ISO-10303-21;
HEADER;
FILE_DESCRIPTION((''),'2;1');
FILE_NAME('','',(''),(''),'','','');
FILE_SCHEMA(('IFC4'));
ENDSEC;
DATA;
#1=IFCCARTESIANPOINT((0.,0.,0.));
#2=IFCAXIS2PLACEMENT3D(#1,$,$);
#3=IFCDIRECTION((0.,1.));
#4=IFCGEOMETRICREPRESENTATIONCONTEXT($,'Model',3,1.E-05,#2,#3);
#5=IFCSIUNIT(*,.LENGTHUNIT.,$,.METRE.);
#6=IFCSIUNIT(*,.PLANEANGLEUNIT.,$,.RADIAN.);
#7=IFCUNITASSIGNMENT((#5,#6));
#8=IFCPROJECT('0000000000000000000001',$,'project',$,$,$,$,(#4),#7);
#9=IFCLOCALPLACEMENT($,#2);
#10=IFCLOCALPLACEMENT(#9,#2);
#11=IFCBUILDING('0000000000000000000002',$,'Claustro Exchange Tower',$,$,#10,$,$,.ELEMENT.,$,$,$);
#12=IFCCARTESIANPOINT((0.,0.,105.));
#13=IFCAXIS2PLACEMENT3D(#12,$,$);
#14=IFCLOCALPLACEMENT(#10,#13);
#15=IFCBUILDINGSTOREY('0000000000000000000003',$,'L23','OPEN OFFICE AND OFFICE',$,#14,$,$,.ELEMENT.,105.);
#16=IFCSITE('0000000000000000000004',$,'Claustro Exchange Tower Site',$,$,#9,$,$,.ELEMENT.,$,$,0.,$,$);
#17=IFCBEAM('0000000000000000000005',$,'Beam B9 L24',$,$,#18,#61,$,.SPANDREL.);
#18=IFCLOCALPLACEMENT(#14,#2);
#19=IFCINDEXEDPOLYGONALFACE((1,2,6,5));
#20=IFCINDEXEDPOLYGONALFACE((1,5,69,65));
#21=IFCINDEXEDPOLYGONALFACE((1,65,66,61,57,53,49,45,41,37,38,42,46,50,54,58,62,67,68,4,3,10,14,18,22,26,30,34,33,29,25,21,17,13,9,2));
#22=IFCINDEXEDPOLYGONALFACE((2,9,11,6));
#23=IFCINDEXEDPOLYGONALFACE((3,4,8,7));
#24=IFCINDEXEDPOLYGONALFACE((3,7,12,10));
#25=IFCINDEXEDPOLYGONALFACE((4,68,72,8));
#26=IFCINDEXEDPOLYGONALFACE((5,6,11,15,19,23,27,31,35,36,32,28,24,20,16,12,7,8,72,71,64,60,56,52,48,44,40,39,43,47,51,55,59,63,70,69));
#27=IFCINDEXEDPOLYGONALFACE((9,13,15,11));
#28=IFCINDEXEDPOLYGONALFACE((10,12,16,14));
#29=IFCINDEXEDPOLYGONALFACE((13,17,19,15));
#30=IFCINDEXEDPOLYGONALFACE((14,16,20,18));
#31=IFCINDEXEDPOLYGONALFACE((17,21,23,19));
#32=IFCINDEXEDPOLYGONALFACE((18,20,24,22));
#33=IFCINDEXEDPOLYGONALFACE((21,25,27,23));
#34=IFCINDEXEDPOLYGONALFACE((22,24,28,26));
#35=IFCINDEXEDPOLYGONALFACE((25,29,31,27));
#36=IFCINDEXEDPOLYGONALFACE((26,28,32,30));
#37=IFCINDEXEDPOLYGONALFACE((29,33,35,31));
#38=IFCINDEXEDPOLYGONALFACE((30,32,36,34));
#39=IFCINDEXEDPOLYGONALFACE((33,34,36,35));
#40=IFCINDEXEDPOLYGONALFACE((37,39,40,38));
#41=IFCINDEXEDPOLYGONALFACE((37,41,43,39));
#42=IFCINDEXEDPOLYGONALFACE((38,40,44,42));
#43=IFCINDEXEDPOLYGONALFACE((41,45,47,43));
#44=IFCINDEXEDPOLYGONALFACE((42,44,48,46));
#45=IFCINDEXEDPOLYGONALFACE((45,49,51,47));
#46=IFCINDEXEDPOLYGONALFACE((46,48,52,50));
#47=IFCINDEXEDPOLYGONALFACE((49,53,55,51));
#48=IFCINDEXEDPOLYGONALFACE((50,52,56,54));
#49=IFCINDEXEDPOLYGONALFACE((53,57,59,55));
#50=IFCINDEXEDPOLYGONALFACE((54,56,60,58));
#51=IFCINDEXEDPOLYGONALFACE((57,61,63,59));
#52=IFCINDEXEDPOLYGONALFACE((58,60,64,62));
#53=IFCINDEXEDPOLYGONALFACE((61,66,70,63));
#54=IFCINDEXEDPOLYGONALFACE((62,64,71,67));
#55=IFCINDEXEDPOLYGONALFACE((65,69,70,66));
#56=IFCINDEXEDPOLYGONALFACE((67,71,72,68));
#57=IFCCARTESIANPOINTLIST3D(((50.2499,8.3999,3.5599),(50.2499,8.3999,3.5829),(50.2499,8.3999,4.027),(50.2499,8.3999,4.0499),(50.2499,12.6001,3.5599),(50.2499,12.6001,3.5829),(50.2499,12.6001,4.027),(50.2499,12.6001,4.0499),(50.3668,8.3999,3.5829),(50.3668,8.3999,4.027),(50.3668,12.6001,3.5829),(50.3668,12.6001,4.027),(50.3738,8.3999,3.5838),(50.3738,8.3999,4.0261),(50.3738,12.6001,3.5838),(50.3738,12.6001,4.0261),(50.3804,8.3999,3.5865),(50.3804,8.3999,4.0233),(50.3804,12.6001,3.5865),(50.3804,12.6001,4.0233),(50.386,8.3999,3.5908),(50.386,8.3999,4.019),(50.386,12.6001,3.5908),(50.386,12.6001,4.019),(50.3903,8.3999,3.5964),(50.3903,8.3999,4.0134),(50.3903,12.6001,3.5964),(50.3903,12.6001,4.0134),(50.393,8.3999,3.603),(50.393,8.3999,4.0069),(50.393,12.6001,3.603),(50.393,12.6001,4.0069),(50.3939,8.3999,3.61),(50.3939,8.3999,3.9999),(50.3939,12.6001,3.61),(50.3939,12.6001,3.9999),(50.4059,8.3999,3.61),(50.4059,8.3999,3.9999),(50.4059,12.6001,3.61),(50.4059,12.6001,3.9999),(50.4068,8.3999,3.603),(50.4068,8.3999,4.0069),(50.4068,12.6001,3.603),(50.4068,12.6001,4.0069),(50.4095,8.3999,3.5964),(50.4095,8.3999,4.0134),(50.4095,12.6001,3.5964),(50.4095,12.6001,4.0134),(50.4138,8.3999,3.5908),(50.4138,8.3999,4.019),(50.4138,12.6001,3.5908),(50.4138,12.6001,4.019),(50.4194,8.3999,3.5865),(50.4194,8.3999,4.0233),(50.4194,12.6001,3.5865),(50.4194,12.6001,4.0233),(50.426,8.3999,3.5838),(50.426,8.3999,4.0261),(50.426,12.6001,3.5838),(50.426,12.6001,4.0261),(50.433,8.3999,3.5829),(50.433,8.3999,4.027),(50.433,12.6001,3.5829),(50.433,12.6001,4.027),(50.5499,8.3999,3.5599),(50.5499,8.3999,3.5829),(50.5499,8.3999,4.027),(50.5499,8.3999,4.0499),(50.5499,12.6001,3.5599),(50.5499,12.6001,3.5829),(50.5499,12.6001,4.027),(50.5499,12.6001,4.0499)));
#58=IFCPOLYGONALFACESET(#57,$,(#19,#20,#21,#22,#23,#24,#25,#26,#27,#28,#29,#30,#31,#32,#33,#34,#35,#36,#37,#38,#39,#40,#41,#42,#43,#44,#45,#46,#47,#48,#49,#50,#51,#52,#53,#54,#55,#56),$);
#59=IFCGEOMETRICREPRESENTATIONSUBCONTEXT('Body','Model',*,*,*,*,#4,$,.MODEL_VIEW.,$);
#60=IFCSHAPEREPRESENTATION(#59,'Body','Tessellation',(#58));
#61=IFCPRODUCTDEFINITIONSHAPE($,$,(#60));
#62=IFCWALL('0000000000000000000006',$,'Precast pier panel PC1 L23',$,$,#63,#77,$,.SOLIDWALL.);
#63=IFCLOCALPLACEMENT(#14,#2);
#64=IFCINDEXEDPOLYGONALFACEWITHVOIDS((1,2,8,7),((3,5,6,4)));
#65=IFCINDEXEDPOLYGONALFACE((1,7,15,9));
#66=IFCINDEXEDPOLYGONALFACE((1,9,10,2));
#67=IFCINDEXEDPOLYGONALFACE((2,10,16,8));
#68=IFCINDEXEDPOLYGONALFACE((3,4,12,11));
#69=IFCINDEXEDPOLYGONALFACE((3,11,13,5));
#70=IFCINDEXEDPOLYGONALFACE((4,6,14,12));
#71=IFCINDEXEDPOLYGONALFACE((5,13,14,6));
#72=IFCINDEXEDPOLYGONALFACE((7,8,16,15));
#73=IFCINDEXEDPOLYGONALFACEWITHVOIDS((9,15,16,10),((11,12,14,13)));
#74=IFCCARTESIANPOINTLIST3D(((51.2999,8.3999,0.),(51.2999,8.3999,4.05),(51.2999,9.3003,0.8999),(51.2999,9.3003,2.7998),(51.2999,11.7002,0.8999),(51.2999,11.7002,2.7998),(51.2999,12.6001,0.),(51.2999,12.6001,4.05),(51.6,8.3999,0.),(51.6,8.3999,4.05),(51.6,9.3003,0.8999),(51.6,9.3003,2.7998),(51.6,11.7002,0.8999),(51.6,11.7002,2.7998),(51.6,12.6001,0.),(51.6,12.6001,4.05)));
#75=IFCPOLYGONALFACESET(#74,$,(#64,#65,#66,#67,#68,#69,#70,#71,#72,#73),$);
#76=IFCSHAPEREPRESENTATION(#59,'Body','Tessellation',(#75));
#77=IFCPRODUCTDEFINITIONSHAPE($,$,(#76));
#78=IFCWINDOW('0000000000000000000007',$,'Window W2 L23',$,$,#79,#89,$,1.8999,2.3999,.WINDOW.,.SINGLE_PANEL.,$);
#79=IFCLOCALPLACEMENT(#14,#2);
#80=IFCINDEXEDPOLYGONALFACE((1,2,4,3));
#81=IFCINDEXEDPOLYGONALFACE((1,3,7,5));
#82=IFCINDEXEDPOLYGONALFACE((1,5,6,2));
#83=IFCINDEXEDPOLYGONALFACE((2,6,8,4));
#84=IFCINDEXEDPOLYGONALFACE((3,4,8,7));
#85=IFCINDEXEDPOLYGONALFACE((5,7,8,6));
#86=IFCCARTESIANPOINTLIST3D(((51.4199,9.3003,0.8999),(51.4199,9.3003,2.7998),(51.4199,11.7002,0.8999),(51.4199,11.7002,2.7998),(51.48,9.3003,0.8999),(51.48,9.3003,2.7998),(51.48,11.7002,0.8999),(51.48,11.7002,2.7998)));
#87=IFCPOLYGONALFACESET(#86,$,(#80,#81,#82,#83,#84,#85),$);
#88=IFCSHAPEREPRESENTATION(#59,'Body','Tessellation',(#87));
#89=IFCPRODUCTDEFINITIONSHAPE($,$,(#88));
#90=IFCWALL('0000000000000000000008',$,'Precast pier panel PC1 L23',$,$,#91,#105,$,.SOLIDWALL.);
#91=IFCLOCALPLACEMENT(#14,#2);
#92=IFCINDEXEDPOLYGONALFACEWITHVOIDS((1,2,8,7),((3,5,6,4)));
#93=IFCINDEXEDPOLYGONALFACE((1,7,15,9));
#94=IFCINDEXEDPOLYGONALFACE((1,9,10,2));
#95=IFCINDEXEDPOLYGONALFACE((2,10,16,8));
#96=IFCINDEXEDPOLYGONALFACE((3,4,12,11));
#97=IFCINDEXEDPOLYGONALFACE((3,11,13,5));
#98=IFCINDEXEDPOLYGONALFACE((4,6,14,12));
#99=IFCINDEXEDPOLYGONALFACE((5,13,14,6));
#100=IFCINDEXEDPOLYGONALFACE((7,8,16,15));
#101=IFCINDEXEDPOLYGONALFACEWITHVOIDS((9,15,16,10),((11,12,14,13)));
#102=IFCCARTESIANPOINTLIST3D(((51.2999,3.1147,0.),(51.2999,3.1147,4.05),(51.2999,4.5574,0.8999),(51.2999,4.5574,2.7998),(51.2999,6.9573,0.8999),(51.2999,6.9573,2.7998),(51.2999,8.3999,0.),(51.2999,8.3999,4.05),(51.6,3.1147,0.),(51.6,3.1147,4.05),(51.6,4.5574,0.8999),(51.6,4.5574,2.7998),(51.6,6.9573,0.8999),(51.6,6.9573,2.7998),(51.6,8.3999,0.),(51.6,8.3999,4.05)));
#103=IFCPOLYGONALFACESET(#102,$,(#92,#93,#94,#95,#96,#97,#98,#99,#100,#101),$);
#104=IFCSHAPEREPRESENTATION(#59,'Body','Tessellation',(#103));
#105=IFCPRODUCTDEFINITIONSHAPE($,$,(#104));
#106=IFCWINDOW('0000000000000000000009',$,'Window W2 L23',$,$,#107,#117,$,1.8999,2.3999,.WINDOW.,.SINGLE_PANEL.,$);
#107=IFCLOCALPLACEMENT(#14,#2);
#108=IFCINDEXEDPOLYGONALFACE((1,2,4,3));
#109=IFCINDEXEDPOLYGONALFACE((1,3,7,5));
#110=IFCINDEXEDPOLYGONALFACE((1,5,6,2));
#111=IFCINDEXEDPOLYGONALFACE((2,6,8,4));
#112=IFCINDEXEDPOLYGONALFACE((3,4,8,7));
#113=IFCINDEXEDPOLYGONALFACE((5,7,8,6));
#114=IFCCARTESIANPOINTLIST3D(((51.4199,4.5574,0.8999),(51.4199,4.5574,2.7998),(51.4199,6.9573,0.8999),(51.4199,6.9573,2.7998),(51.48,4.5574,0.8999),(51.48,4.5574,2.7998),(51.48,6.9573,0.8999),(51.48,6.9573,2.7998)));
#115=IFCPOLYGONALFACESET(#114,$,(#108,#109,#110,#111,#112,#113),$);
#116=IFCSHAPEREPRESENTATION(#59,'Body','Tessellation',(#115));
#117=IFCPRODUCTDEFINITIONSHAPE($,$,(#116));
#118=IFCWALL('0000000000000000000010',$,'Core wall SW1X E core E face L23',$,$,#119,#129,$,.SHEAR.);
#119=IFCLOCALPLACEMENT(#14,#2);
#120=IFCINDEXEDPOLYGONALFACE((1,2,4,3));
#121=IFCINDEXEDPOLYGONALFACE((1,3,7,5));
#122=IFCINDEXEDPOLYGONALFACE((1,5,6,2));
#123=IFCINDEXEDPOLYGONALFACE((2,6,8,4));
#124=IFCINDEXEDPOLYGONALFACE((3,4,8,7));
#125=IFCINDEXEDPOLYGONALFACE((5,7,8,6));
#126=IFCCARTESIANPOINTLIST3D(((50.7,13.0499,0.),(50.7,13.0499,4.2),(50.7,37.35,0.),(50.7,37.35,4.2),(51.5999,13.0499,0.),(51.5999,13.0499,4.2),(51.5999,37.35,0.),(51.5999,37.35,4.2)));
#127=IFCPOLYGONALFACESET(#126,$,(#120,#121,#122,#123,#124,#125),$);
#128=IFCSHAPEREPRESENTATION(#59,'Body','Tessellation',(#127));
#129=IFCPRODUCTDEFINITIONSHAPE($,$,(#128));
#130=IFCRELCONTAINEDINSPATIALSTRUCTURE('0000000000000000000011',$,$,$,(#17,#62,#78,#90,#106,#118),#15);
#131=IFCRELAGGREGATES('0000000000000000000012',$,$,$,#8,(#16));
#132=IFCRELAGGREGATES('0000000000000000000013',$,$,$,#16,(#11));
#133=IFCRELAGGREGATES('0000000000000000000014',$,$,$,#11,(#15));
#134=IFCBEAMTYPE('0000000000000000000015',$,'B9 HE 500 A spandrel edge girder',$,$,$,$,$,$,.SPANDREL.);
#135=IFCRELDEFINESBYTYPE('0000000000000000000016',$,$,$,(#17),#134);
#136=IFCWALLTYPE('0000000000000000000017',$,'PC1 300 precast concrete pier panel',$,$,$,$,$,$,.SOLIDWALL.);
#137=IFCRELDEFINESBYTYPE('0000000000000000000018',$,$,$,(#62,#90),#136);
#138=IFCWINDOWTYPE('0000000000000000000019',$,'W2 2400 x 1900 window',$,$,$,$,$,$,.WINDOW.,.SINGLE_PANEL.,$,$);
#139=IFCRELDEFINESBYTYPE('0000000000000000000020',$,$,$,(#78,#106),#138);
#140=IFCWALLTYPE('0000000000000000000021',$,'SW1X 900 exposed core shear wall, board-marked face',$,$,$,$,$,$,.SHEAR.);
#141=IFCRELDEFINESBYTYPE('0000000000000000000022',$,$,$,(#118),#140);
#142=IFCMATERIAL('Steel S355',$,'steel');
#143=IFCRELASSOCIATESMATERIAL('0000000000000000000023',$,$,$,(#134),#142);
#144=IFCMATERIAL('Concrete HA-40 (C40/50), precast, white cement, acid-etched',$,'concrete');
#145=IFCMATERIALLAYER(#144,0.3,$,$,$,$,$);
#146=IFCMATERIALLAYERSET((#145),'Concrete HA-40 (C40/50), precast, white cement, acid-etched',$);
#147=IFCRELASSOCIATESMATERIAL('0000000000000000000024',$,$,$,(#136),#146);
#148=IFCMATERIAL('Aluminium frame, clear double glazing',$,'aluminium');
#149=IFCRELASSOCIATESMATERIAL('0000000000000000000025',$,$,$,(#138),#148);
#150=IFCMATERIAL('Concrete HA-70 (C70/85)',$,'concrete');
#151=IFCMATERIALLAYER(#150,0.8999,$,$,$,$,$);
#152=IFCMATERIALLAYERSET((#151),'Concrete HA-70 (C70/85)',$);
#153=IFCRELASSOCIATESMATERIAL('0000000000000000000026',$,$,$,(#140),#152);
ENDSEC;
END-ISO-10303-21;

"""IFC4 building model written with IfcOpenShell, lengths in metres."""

from ifc_helpers import new_model, si_unit, direction, frame, frame_2d, origin, origin_2d, place, context, subcontext, project, spatial, rectangle, i_section, extrude, material, layer, layer_set, material_profile, profile_set, type_object, element, fill, save


model = new_model("IFC4")

# Units and contexts
model_context = context("Model", 3, precision=1e-05, world=origin(), true_north=direction((0.0, 1.0)))
body_context = subcontext(model_context, "Body", "Model", "MODEL_VIEW")
ifc_project = project(units=[si_unit("LENGTHUNIT", "METRE"), si_unit("PLANEANGLEUNIT", "RADIAN")], contexts=[model_context])

# Site, building, storey
site_placement = place(None, origin())
site = spatial("IfcSite", under=ifc_project, at=site_placement, Name="Claustro Exchange Tower Site", CompositionType="ELEMENT", RefElevation=0.0)
building_placement = place(site_placement, origin())
building = spatial("IfcBuilding", under=site, at=building_placement, Name="Claustro Exchange Tower", CompositionType="ELEMENT")
storey_placement = place(building_placement, frame((0.0, 0.0, 105.0)))
storey = spatial("IfcBuildingStorey", under=building, at=storey_placement, Name="L23", Description="OPEN OFFICE AND OFFICE", CompositionType="ELEMENT", Elevation=105.0)

# Beam
ifc_material_1 = material(Name="Steel S355", Category="steel")
ifc_material_profile_1 = material_profile(ifc_material_1, i_section(OverallWidth=0.3, OverallDepth=0.49, WebThickness=0.012, FlangeThickness=0.0229, FilletRadius=0.0271, at=origin_2d()), Name="HE 500 A")
ifc_profile_set_1 = profile_set([ifc_material_profile_1], Name="Steel S355")
beam_type_1 = type_object("IfcBeamType", Name="B9 HE 500 A spandrel edge girder", PredefinedType="SPANDREL", material=ifc_profile_set_1)
beam_1_placement = place(storey_placement, frame((50.3999, 8.3999, 3.8049), z_axis=(0.0, 1.0, 0.0), x_axis=(-1.0, 0.0, 0.0)))
element("IfcBeam", 1, at=beam_1_placement, inside=storey, type_object=beam_type_1, Name="Beam B9 L24", PredefinedType="SPANDREL", context=body_context, shape_type="SweptSolid", body=[
    extrude(i_section(OverallWidth=0.3, OverallDepth=0.49, WebThickness=0.012, FlangeThickness=0.0229, FilletRadius=0.0271, at=origin_2d()), origin(), (0.0, 0.0, 1.0), 4.2002),
])

# Walls, openings, windows
ifc_material_2 = material(Name="Concrete HA-40 (C40/50), precast, white cement, acid-etched", Category="concrete")
ifc_layer_1 = layer(ifc_material_2, 0.3)
ifc_layer_set_1 = layer_set([ifc_layer_1], Name="Concrete HA-40 (C40/50), precast, white cement, acid-etched")
wall_type_1 = type_object("IfcWallType", Name="PC1 300 precast concrete pier panel", PredefinedType="SOLIDWALL", material=ifc_layer_set_1)
wall_1_placement = place(storey_placement, frame((51.45, 12.6001, 0.0), z_axis=(0.0, 0.0, 1.0), x_axis=(0.0, -1.0, 0.0)))
wall_1 = element("IfcWall", 2, at=wall_1_placement, inside=storey, type_object=wall_type_1, Name="Precast pier panel PC1 L23", PredefinedType="SOLIDWALL", context=body_context, shape_type="SweptSolid", body=[
    extrude(rectangle(XDim=4.2002, YDim=0.3, at=frame_2d((2.1001, 0.0))), origin(), (0.0, 0.0, 1.0), 4.05),
])
opening_1_placement = place(wall_1_placement, frame((0.8999, 0.0, 0.8999)))
opening_1 = element("IfcOpeningElement", 3, at=opening_1_placement, cuts=wall_1, PredefinedType="OPENING", context=body_context, shape_type="SweptSolid", body=[
    extrude(rectangle(XDim=2.3999, YDim=1.8999, at=frame_2d((1.2, 0.95))), frame((0.0, 0.1599, 0.0), z_axis=(0.0, -1.0, 0.0), x_axis=(1.0, 0.0, 0.0)), (0.0, 0.0, 1.0), 0.3201),
])
ifc_material_3 = material(Name="Aluminium frame, clear double glazing", Category="aluminium")
window_type = type_object("IfcWindowType", Name="W2 2400 x 1900 window", PartitioningType="SINGLE_PANEL", PredefinedType="WINDOW", material=ifc_material_3)
window_1_placement = place(opening_1_placement, origin())
window_1 = element("IfcWindow", 4, at=window_1_placement, inside=storey, type_object=window_type, Name="Window W2 L23", OverallHeight=1.8999, OverallWidth=2.3999, PartitioningType="SINGLE_PANEL", PredefinedType="WINDOW", context=body_context, shape_type="SweptSolid", body=[
    extrude(rectangle(XDim=2.3999, YDim=1.8999, at=frame_2d((1.2, 0.95))), frame((0.0, 0.03, 0.0), z_axis=(0.0, -1.0, 0.0), x_axis=(1.0, 0.0, 0.0)), (0.0, 0.0, 1.0), 0.0601),
])
fill(opening_1, window_1)
wall_2_placement = place(storey_placement, frame((51.45, 8.3999, 0.0), z_axis=(0.0, 0.0, 1.0), x_axis=(0.0, -1.0, 0.0)))
wall_2 = element("IfcWall", 5, at=wall_2_placement, inside=storey, type_object=wall_type_1, Name="Precast pier panel PC1 L23", PredefinedType="SOLIDWALL", context=body_context, shape_type="SweptSolid", body=[
    extrude(rectangle(XDim=5.2852, YDim=0.3, at=frame_2d((2.6426, 0.0))), origin(), (0.0, 0.0, 1.0), 4.05),
])
opening_2_placement = place(wall_2_placement, frame((1.4426, 0.0, 0.8999)))
opening_2 = element("IfcOpeningElement", 6, at=opening_2_placement, cuts=wall_2, PredefinedType="OPENING", context=body_context, shape_type="SweptSolid", body=[
    extrude(rectangle(XDim=2.3999, YDim=1.8999, at=frame_2d((1.2, 0.95))), frame((0.0, 0.1599, 0.0), z_axis=(0.0, -1.0, 0.0), x_axis=(1.0, 0.0, 0.0)), (0.0, 0.0, 1.0), 0.3201),
])
window_2_placement = place(opening_2_placement, origin())
window_2 = element("IfcWindow", 7, at=window_2_placement, inside=storey, type_object=window_type, Name="Window W2 L23", OverallHeight=1.8999, OverallWidth=2.3999, PartitioningType="SINGLE_PANEL", PredefinedType="WINDOW", context=body_context, shape_type="SweptSolid", body=[
    extrude(rectangle(XDim=2.3999, YDim=1.8999, at=frame_2d((1.2, 0.95))), frame((0.0, 0.03, 0.0), z_axis=(0.0, -1.0, 0.0), x_axis=(1.0, 0.0, 0.0)), (0.0, 0.0, 1.0), 0.0601),
])
fill(opening_2, window_2)

# Wall
ifc_material_4 = material(Name="Concrete HA-70 (C70/85)", Category="concrete")
ifc_layer_2 = layer(ifc_material_4, 0.8999)
ifc_layer_set_2 = layer_set([ifc_layer_2], Name="Concrete HA-70 (C70/85)")
wall_type_2 = type_object("IfcWallType", Name="SW1X 900 exposed core shear wall, board-marked face", PredefinedType="SHEAR", material=ifc_layer_set_2)
wall_3_placement = place(storey_placement, frame((51.1499, 13.05, 0.0), z_axis=(0.0, 0.0, 1.0), x_axis=(0.0, 1.0, 0.0)))
element("IfcWall", 8, at=wall_3_placement, inside=storey, type_object=wall_type_2, Name="Core wall SW1X E core E face L23", PredefinedType="SHEAR", context=body_context, shape_type="SweptSolid", body=[
    extrude(rectangle(XDim=24.3, YDim=0.8999, at=frame_2d((12.1499, 0.0))), origin(), (0.0, 0.0, 1.0), 4.2),
])

save(model, "model.ifc")
